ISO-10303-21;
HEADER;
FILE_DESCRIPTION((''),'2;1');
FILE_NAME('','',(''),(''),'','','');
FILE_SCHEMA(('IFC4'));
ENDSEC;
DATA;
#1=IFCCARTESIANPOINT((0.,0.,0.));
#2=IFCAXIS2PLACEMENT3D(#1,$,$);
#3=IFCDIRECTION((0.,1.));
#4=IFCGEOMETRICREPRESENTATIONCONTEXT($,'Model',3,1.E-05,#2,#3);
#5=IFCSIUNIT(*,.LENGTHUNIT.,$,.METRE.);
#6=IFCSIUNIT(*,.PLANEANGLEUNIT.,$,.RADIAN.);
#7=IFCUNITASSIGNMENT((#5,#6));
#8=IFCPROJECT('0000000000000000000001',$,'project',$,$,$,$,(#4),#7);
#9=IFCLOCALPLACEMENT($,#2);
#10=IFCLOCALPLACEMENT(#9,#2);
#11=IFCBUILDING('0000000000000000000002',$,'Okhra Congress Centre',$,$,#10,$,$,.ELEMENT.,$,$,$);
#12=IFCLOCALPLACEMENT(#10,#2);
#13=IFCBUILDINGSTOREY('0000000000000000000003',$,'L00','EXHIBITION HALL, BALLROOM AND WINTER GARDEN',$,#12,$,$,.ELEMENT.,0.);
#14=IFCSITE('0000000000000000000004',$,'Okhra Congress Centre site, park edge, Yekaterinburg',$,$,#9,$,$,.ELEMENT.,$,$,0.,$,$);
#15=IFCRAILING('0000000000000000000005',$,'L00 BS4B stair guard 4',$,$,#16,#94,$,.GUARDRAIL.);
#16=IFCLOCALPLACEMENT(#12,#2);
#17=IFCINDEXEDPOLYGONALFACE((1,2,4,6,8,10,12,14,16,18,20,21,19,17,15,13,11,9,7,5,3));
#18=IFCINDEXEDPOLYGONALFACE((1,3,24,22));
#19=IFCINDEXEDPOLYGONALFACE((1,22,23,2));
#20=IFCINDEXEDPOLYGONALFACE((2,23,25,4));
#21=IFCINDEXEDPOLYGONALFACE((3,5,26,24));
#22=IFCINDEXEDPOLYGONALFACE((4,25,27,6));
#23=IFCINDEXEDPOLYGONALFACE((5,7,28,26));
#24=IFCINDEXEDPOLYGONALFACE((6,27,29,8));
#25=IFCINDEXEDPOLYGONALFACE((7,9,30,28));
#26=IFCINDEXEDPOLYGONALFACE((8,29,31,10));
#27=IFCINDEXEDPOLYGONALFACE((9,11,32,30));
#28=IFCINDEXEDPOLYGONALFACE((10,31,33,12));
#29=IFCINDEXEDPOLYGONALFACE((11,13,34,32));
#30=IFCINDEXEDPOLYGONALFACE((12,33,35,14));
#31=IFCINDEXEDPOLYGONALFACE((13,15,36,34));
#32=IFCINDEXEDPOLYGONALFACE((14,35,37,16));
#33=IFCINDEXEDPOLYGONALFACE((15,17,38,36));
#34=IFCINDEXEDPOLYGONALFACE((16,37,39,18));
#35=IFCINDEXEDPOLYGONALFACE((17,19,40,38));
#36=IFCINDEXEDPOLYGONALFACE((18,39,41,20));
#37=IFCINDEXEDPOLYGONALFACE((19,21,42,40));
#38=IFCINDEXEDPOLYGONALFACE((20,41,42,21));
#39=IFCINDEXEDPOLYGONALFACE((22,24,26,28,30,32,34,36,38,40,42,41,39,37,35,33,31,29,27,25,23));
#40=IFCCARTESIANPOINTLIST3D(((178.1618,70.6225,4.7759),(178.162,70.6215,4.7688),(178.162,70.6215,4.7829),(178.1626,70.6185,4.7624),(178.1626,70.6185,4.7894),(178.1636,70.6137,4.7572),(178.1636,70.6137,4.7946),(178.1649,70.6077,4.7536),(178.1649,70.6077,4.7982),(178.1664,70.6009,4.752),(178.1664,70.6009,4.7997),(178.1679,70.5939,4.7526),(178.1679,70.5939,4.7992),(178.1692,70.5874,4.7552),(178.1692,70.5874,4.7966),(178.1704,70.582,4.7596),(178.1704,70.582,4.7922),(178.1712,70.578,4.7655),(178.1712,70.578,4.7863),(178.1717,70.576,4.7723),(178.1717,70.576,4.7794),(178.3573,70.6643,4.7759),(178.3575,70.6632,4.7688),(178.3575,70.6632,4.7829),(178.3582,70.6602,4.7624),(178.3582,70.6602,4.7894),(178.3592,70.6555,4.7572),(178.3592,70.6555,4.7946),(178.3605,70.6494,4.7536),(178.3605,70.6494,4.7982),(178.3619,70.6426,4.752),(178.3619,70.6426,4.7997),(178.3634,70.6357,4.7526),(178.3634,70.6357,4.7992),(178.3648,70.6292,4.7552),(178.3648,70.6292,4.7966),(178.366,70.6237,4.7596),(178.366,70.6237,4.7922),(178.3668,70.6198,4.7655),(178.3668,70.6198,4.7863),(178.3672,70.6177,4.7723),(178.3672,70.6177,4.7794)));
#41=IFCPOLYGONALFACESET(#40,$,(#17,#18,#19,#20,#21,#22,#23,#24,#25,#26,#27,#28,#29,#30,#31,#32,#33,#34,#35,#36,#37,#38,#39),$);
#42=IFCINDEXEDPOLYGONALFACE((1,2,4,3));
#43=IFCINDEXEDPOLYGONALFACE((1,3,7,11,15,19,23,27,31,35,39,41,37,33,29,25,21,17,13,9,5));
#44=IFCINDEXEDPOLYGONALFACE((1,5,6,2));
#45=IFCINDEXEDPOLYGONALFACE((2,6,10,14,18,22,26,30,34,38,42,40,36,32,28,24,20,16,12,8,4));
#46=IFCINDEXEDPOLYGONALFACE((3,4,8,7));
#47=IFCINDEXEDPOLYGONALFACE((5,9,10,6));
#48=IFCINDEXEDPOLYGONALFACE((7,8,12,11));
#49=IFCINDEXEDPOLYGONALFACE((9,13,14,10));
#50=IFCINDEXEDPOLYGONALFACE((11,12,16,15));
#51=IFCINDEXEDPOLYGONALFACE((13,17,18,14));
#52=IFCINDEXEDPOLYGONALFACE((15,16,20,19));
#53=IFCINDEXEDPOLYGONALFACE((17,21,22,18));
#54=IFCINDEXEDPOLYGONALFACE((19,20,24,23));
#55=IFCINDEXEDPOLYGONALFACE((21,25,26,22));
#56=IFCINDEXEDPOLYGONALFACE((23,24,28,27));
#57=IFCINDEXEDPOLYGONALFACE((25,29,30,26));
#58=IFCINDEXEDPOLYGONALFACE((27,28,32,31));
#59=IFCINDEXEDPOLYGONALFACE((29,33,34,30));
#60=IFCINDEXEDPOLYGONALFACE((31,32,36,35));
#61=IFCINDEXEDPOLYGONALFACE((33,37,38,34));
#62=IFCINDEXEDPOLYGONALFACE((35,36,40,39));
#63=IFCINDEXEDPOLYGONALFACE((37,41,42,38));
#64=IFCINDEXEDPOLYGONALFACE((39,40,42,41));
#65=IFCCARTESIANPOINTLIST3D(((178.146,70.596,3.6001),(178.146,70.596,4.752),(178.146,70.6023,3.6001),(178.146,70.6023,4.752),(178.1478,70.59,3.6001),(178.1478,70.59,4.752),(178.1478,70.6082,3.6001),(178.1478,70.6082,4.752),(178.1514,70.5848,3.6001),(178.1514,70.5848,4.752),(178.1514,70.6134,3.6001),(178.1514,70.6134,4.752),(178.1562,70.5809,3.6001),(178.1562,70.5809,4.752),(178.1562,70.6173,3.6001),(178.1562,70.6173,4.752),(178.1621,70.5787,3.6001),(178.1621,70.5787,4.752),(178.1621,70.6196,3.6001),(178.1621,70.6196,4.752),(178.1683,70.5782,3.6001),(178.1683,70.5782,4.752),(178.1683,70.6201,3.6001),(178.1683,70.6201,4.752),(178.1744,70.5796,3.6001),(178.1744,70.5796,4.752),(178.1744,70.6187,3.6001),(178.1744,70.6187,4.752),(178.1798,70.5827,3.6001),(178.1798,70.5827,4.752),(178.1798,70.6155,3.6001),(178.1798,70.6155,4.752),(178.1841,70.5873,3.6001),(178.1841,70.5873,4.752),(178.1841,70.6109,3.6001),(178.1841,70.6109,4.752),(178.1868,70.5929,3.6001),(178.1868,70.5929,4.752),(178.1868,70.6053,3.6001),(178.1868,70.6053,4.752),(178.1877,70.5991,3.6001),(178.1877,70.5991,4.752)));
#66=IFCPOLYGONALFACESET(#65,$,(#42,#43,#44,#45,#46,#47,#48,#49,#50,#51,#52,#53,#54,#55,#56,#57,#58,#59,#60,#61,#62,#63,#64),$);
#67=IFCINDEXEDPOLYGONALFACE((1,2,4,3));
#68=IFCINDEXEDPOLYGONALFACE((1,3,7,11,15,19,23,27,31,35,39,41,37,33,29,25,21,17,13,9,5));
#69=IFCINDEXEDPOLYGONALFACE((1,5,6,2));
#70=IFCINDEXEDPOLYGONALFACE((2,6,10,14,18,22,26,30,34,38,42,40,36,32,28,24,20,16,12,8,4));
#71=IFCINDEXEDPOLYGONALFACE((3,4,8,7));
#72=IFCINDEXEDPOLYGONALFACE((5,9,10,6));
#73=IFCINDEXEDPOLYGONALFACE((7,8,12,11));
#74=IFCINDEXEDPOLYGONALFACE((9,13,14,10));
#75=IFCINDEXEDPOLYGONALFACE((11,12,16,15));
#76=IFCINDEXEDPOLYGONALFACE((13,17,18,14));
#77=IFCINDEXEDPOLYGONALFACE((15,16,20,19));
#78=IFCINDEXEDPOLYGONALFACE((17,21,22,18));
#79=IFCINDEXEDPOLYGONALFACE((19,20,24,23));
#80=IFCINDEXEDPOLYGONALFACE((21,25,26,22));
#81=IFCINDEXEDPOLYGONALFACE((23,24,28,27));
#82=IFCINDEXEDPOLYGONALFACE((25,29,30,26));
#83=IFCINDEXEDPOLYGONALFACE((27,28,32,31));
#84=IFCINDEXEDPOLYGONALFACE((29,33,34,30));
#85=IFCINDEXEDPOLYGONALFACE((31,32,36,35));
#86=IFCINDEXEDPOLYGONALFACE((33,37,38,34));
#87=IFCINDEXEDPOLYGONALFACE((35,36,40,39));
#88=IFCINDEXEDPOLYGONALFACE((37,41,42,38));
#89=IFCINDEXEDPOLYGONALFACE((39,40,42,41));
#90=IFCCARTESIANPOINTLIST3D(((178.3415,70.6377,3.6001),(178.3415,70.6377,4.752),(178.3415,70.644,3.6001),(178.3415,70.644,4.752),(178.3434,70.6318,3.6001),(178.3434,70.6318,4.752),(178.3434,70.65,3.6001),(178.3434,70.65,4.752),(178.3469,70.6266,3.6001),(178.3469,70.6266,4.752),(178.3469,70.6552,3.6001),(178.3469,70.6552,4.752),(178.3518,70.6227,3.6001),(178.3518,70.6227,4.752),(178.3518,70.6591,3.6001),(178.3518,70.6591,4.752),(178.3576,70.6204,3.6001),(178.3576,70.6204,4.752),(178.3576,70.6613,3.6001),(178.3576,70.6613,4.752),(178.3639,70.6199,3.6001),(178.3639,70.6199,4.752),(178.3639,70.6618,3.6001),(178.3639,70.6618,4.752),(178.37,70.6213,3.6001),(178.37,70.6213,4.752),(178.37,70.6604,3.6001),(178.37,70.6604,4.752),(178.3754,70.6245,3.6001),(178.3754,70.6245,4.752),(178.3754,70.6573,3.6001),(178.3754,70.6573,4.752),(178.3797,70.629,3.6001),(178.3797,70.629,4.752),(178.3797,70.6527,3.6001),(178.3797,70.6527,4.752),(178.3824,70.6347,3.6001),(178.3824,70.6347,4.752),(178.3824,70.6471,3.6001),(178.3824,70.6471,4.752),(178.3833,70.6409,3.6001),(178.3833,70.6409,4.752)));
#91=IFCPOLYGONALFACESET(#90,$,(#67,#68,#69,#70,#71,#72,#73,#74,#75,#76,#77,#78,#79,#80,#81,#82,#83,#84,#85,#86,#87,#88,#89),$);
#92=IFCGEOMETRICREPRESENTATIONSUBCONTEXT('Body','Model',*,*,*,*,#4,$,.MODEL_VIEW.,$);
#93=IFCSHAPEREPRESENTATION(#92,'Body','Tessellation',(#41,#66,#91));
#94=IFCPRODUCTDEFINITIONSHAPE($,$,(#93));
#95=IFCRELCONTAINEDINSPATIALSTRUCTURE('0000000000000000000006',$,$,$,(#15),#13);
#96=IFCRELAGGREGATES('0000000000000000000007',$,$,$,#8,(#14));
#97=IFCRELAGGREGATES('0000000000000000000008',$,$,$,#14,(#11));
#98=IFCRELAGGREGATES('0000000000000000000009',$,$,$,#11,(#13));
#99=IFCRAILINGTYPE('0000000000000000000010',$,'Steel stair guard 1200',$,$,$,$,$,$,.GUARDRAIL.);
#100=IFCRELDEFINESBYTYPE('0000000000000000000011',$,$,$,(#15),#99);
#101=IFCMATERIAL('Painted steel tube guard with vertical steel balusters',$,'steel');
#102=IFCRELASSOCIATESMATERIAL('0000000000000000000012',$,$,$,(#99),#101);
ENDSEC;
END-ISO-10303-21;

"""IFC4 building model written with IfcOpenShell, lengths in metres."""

from ifc_helpers import new_model, si_unit, direction, frame, origin, origin_2d, place, context, subcontext, project, spatial, circle, extrude, material, type_object, element, save


model = new_model("IFC4")

# Units and contexts
model_context = context("Model", 3, precision=1e-05, world=origin(), true_north=direction((0.0, 1.0)))
body_context = subcontext(model_context, "Body", "Model", "MODEL_VIEW")
ifc_project = project(units=[si_unit("LENGTHUNIT", "METRE"), si_unit("PLANEANGLEUNIT", "RADIAN")], contexts=[model_context])

# Site, building, storey
site_placement = place(None, origin())
site = spatial("IfcSite", under=ifc_project, at=site_placement, Name="Okhra Congress Centre site, park edge, Yekaterinburg", CompositionType="ELEMENT", RefElevation=0.0)
building_placement = place(site_placement, origin())
building = spatial("IfcBuilding", under=site, at=building_placement, Name="Okhra Congress Centre", CompositionType="ELEMENT")
storey_placement = place(building_placement, origin())
storey = spatial("IfcBuildingStorey", under=building, at=storey_placement, Name="L00", Description="EXHIBITION HALL, BALLROOM AND WINTER GARDEN", CompositionType="ELEMENT", Elevation=0.0)

# Railing
ifc_material_1 = material(Name="Painted steel tube guard with vertical steel balusters", Category="steel")
railing_type_1 = type_object("IfcRailingType", Name="Steel stair guard 1200", PredefinedType="GUARDRAIL", material=ifc_material_1)
railing_1_placement = place(storey_placement, frame((178.1667, 70.5991, 3.6001)))
element("IfcRailing", 1, at=railing_1_placement, inside=storey, type_object=railing_type_1, Name="L00 BS4B stair guard 4", PredefinedType="GUARDRAIL", context=body_context, shape_type="SweptSolid", body=[
    extrude(circle(Radius=0.0239, at=origin_2d()), frame((0.0, 0.0, 1.1758), z_axis=(0.977963, 0.208779, 0.0), x_axis=(-0.208779, 0.977963, 0.0)), (0.0, 0.0, 1.0), 0.2),
    extrude(circle(Radius=0.021, at=origin_2d()), origin(), (0.0, 0.0, 1.0), 1.1519),
    extrude(circle(Radius=0.021, at=origin_2d()), frame((0.1956, 0.0417, 0.0)), (0.0, 0.0, 1.0), 1.1519),
])

save(model, "model.ifc")
